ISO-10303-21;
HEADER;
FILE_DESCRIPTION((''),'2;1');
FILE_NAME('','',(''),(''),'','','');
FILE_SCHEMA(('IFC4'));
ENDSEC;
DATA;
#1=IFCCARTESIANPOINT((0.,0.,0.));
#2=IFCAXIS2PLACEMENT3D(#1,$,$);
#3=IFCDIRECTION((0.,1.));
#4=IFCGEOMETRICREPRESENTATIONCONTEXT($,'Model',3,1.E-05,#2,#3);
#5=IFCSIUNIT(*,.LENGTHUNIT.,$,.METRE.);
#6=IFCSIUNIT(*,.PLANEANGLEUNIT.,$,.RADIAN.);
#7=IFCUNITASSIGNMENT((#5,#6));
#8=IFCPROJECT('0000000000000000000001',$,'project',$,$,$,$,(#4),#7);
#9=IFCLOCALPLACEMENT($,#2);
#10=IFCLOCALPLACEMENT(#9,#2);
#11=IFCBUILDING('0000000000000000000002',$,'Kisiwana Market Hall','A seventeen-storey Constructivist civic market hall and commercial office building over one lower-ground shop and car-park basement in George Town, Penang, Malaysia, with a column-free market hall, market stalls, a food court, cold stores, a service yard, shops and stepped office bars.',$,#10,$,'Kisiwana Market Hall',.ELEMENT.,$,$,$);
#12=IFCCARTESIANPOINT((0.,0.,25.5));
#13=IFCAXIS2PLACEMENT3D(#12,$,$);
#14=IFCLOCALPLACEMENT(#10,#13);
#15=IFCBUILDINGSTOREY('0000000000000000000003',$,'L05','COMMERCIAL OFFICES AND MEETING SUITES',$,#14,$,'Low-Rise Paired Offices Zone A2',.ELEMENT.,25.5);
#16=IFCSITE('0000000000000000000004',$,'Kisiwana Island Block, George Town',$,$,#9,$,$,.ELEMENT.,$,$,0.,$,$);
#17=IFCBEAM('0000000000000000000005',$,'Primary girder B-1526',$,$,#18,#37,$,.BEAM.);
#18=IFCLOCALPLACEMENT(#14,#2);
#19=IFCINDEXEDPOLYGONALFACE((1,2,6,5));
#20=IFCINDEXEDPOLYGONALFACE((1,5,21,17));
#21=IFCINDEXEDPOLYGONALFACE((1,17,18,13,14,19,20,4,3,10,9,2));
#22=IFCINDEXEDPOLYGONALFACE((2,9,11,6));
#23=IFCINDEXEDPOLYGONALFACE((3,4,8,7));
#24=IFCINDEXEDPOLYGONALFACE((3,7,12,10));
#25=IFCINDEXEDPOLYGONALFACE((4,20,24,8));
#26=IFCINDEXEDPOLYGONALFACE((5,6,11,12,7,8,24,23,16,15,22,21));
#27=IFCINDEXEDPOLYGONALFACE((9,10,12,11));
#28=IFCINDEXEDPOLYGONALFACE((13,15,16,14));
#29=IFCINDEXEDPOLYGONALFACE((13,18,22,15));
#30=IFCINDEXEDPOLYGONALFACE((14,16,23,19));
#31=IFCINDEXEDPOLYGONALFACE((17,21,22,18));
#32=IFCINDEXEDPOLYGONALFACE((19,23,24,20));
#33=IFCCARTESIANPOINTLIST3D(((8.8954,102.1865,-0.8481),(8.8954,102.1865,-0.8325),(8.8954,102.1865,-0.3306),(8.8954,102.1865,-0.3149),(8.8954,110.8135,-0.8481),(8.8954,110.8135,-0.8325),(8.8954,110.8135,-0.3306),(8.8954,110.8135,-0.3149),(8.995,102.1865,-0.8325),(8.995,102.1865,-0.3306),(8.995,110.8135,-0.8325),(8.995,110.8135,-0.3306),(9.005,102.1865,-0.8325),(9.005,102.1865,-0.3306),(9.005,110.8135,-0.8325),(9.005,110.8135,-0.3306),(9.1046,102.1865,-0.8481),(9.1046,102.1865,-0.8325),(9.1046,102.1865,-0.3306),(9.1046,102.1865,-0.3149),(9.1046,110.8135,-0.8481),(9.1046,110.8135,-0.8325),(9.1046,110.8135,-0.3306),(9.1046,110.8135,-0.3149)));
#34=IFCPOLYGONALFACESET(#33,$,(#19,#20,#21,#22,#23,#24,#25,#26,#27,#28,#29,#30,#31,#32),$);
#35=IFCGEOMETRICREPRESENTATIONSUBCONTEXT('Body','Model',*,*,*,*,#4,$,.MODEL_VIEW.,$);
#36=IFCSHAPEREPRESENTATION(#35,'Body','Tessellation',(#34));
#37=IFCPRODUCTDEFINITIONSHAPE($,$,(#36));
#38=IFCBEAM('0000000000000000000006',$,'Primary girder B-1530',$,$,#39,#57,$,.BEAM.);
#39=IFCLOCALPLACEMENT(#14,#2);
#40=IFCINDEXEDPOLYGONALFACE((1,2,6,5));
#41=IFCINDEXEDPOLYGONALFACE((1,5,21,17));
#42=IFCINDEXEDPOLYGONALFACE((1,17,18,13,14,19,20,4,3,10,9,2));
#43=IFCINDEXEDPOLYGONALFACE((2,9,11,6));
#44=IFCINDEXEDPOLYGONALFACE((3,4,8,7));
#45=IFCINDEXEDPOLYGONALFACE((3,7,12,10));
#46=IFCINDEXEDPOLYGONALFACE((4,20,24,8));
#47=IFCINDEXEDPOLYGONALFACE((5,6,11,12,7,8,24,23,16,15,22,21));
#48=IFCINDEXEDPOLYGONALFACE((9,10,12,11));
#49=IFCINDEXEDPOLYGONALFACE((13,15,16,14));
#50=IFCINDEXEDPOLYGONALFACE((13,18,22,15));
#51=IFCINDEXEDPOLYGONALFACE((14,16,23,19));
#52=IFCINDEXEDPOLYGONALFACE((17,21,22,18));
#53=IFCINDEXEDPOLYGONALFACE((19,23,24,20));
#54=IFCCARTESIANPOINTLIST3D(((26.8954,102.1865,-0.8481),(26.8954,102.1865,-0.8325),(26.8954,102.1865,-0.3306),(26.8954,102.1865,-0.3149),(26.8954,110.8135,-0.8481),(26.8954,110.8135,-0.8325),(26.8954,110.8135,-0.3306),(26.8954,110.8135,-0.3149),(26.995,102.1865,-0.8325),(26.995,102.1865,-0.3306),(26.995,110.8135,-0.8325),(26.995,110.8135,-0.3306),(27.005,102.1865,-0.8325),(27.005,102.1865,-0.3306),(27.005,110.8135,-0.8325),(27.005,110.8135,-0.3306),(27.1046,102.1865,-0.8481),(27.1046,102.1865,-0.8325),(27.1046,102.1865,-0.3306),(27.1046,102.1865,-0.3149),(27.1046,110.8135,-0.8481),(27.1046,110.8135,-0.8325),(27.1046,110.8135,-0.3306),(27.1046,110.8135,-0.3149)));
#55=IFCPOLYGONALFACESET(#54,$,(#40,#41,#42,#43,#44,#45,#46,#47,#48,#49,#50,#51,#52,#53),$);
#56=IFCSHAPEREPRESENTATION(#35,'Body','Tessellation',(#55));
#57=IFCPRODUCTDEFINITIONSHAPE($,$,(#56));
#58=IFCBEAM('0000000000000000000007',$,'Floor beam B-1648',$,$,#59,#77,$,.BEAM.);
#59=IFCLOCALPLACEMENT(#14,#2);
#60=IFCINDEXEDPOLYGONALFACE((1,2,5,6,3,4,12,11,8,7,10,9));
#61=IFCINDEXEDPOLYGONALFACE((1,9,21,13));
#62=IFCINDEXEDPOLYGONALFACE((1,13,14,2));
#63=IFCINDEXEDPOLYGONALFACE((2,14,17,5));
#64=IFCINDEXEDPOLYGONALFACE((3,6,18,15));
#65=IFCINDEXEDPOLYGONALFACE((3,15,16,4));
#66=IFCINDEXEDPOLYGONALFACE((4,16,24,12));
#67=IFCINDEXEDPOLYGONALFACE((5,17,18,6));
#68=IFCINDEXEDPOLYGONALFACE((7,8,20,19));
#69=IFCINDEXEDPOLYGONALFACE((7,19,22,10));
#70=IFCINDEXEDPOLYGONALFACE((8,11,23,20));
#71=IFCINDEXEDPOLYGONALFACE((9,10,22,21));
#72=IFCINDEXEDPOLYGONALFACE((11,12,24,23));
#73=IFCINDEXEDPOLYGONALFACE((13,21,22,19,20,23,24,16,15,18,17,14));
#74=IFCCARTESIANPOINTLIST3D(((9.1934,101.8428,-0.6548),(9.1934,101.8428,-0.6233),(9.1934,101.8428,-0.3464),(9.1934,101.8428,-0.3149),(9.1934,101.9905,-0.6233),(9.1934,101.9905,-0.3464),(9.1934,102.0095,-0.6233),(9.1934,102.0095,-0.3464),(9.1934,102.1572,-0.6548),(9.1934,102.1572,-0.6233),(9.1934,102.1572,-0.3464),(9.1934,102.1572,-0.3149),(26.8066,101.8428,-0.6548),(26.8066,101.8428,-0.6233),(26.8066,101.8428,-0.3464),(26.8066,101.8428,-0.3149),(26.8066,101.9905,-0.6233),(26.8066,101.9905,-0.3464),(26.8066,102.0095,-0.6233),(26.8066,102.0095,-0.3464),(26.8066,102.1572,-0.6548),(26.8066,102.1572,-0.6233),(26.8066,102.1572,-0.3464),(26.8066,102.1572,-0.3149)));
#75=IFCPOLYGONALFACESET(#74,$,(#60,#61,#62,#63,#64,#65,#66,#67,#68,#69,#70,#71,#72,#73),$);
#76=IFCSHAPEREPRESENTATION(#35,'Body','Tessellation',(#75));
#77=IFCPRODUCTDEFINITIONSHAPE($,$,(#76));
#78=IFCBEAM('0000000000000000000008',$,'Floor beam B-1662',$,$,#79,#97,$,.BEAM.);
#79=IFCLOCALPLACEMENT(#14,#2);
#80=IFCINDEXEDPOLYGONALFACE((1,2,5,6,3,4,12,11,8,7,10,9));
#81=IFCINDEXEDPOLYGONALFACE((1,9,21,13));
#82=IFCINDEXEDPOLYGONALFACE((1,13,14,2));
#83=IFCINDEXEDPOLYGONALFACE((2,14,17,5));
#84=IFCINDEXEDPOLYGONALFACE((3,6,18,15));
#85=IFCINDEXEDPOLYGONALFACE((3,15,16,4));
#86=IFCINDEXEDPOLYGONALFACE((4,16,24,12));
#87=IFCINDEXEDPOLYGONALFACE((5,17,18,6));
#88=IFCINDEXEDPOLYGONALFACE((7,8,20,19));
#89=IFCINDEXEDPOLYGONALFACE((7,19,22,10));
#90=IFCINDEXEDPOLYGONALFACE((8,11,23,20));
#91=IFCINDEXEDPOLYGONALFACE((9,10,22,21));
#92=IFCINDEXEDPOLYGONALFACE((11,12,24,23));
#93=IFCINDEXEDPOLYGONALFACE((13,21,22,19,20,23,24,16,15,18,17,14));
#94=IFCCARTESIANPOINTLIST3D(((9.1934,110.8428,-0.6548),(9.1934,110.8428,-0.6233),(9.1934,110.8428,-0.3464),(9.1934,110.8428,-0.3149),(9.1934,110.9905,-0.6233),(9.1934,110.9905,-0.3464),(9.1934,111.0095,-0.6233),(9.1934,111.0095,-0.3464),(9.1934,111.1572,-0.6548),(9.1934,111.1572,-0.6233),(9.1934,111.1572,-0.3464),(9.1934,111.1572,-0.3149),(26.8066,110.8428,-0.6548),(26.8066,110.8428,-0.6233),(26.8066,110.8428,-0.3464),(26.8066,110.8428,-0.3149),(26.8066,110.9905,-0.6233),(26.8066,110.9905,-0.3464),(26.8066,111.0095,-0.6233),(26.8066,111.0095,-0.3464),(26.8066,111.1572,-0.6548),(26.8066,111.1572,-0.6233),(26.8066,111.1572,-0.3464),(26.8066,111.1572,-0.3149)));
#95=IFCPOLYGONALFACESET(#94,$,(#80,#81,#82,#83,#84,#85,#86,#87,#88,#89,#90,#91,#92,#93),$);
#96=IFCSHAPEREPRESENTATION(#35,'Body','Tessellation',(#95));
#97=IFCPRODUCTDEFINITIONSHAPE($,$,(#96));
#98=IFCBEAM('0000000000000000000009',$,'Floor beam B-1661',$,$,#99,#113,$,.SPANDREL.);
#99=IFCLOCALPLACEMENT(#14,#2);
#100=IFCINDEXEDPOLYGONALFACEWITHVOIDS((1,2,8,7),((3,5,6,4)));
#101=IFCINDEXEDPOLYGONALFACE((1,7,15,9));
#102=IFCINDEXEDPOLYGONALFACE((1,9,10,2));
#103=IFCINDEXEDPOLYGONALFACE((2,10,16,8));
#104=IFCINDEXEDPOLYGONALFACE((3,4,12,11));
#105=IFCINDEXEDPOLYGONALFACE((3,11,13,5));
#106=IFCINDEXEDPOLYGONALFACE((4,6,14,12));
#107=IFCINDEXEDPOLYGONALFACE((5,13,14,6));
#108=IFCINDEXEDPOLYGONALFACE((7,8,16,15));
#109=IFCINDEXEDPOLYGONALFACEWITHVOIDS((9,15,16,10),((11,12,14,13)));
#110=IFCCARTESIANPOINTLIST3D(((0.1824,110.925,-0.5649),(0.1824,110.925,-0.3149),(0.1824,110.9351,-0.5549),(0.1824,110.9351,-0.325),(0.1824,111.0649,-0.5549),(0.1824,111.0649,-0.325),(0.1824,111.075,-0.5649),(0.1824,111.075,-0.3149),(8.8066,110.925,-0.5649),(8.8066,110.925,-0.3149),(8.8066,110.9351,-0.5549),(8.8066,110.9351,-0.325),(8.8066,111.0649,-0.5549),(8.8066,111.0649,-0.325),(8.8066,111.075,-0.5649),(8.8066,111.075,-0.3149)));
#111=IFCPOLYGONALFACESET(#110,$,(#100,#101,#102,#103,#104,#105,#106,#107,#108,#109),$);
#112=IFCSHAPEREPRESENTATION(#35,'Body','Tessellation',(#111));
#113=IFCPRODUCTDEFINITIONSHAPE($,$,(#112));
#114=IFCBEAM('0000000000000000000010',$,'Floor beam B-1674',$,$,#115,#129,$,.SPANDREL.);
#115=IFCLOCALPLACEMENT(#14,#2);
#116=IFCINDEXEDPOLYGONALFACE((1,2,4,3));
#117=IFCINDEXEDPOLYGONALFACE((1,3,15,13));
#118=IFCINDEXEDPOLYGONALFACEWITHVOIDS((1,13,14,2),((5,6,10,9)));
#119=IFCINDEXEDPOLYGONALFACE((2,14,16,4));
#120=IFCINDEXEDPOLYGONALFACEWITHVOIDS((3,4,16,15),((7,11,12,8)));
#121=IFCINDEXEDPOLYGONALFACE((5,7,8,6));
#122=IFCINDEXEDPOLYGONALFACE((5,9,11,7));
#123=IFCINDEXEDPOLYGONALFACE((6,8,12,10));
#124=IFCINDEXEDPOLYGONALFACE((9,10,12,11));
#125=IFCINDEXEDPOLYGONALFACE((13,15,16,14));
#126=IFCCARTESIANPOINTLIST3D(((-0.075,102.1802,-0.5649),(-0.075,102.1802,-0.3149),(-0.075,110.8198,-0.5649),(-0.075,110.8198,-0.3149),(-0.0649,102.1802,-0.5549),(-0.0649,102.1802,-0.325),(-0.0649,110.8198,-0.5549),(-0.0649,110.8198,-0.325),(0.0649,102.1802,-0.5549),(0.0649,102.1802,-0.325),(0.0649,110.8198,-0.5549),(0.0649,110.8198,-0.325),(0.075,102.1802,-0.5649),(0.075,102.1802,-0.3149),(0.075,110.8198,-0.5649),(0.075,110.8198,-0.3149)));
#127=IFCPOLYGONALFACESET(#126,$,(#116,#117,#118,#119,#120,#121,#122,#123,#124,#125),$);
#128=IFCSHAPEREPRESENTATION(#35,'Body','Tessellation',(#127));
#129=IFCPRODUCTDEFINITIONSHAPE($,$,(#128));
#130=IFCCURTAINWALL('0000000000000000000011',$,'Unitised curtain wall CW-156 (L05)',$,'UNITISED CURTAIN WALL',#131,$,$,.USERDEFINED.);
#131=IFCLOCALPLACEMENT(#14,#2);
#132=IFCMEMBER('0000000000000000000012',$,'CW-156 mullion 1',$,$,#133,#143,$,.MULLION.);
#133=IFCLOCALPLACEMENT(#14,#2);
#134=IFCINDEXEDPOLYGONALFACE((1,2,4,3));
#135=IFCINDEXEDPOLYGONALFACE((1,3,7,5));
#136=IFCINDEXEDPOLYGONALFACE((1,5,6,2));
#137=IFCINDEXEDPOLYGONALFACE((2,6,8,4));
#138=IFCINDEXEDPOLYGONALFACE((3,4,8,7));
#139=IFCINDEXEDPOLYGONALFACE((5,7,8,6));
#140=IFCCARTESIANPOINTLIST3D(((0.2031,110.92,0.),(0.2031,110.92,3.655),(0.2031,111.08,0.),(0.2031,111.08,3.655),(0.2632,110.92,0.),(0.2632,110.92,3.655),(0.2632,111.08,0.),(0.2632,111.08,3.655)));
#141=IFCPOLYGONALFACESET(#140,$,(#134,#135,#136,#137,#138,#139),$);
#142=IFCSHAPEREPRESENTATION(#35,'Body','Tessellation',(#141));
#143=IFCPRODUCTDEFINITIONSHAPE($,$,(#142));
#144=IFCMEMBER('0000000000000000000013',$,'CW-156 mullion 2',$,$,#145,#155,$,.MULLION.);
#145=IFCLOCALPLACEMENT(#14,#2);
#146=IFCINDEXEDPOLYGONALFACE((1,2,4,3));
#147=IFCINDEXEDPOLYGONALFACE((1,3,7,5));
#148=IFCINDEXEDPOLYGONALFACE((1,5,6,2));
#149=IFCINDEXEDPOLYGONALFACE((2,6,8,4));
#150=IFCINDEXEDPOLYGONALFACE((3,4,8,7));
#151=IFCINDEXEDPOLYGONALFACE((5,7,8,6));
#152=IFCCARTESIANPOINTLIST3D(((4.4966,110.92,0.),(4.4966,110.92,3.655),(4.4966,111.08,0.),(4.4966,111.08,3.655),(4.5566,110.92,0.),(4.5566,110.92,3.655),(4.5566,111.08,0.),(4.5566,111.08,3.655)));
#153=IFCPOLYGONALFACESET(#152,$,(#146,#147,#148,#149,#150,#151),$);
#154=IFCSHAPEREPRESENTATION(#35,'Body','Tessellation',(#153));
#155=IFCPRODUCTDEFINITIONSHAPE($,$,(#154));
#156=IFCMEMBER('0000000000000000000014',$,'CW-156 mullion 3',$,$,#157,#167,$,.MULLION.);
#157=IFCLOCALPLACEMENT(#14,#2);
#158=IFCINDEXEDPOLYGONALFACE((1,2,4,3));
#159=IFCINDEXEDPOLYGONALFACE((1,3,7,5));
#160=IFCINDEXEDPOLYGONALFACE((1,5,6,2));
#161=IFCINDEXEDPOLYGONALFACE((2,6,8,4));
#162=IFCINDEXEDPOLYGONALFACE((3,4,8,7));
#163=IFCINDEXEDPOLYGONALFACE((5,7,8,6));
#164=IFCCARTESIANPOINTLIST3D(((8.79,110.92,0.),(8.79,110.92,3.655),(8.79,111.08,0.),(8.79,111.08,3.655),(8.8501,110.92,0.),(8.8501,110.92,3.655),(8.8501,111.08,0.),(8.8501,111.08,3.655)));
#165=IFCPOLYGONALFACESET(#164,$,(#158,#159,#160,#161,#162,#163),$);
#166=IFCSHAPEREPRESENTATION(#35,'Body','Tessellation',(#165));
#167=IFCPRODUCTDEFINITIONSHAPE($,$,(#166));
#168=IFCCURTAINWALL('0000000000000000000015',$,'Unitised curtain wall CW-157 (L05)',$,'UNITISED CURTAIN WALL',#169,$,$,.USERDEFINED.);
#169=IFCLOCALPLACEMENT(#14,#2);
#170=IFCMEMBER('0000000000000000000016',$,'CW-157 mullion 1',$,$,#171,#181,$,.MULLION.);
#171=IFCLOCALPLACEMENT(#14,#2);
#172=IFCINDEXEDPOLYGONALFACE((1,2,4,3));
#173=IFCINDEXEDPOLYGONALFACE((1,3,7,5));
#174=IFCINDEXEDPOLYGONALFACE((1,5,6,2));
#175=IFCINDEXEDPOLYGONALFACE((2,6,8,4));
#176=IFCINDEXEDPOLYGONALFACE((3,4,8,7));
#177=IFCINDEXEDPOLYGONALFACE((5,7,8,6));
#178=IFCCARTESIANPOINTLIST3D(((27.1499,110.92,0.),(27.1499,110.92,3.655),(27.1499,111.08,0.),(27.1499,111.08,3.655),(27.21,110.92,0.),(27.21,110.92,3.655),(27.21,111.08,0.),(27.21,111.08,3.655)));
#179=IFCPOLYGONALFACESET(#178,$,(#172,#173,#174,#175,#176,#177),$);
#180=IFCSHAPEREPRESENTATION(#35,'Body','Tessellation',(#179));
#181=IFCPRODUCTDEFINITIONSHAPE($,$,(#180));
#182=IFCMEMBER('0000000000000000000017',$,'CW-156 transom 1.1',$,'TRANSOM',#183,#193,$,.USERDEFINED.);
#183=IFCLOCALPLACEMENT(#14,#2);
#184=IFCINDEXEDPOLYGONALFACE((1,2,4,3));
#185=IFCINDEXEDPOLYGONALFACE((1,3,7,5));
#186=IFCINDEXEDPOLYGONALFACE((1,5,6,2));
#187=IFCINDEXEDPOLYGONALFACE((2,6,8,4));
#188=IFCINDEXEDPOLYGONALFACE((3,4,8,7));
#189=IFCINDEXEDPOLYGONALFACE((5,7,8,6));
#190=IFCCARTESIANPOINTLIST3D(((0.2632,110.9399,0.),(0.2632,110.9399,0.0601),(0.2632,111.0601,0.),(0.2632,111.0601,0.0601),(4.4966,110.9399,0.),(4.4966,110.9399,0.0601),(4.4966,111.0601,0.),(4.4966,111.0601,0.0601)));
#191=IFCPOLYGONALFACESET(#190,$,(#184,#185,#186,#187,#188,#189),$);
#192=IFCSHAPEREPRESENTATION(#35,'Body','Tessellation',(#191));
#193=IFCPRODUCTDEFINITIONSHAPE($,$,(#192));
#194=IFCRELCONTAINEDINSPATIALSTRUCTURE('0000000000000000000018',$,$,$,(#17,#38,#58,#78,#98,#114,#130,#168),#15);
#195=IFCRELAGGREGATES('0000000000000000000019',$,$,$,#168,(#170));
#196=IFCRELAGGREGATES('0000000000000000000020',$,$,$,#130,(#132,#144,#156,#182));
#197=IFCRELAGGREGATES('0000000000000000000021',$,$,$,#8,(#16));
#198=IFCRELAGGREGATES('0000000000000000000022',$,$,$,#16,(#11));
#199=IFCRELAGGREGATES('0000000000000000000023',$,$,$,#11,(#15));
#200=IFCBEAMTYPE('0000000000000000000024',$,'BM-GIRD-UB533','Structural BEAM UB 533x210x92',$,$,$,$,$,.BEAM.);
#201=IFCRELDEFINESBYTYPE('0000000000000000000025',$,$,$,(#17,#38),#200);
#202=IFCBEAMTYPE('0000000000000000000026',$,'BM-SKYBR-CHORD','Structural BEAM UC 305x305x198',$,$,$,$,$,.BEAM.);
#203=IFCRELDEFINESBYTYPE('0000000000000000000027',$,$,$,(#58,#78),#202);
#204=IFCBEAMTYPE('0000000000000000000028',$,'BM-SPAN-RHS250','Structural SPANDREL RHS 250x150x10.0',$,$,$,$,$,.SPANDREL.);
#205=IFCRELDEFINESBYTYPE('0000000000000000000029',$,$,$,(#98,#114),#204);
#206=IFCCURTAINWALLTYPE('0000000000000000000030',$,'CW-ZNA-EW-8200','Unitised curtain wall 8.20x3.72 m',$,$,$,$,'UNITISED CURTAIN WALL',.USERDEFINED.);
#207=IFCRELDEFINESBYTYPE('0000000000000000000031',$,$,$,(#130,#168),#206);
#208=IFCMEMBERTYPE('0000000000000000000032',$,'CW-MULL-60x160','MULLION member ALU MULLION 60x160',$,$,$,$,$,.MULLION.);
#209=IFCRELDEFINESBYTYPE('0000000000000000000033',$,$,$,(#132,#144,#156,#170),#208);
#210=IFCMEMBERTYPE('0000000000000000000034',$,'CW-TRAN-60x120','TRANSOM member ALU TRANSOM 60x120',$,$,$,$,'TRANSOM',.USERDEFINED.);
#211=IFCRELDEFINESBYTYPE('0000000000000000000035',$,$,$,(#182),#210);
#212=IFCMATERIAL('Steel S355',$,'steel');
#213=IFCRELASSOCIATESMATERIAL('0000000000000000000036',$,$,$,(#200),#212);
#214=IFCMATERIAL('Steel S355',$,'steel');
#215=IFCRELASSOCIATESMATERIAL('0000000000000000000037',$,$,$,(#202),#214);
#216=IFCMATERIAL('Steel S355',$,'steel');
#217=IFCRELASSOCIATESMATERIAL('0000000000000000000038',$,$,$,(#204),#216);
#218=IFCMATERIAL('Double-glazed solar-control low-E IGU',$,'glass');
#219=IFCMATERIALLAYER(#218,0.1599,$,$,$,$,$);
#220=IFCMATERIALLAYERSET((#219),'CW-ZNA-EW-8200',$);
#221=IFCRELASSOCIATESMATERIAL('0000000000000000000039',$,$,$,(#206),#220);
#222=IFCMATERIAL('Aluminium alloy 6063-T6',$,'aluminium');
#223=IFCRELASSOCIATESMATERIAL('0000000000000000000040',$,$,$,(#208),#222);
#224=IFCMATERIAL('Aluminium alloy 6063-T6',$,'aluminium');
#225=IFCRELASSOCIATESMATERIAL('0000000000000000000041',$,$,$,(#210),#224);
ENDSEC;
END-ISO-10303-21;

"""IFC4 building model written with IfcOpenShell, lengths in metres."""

from ifc_helpers import new_model, si_unit, direction, frame, origin, origin_2d, place, context, subcontext, project, spatial, rectangle, hollow_rectangle, i_section, extrude, material, layer, layer_set, material_profile, profile_set, type_object, element, aggregate, save


model = new_model("IFC4")

# Units and contexts
model_context = context("Model", 3, precision=1e-05, world=origin(), true_north=direction((0.0, 1.0)))
body_context = subcontext(model_context, "Body", "Model", "MODEL_VIEW")
ifc_project = project(units=[si_unit("LENGTHUNIT", "METRE"), si_unit("PLANEANGLEUNIT", "RADIAN")], contexts=[model_context])

# Site, building, storey
site_placement = place(None, origin())
site = spatial("IfcSite", under=ifc_project, at=site_placement, Name="Kisiwana Island Block, George Town", CompositionType="ELEMENT", RefElevation=0.0)
building_placement = place(site_placement, origin())
building = spatial("IfcBuilding", under=site, at=building_placement, Name="Kisiwana Market Hall", Description="A seventeen-storey Constructivist civic market hall and commercial office building over one lower-ground shop and car-park basement in George Town, Penang, Malaysia, with a column-free market hall, market stalls, a food court, cold stores, a service yard, shops and stepped office bars.", LongName="Kisiwana Market Hall", CompositionType="ELEMENT")
storey_placement = place(building_placement, frame((0.0, 0.0, 25.5)))
storey = spatial("IfcBuildingStorey", under=building, at=storey_placement, Name="L05", Description="COMMERCIAL OFFICES AND MEETING SUITES", LongName="Low-Rise Paired Offices Zone A2", CompositionType="ELEMENT", Elevation=25.5)

# Beams
ifc_material_1 = material(Name="Steel S355", Category="steel")
ifc_material_profile_1 = material_profile(ifc_material_1, i_section(OverallWidth=0.2092, OverallDepth=0.5332, WebThickness=0.01, FlangeThickness=0.0156, at=origin_2d()), Name="UB 533x210x92")
ifc_profile_set_1 = profile_set([ifc_material_profile_1], Name="Steel S355")
beam_type_1 = type_object("IfcBeamType", Name="BM-GIRD-UB533", Description="Structural BEAM UB 533x210x92", PredefinedType="BEAM", material=ifc_profile_set_1)
for number, where, z_axis, x_axis, name in (
    (1, (9.0, 102.1865, -0.5815), (0.0, 1.0, 0.0), (-1.0, 0.0, 0.0), "Primary girder B-1526"),
    (2, (27.0, 102.1865, -0.5815), (0.0, 1.0, 0.0), (-1.0, 0.0, 0.0), "Primary girder B-1530"),
):
    element("IfcBeam", number, at=place(storey_placement, frame(where, z_axis=z_axis, x_axis=x_axis)), inside=storey, type_object=beam_type_1, Name=name, PredefinedType="BEAM", context=body_context, shape_type="SweptSolid", body=[
        extrude(i_section(OverallWidth=0.2092, OverallDepth=0.5332, WebThickness=0.01, FlangeThickness=0.0156, at=origin_2d()), origin(), (0.0, 0.0, 1.0), 8.627),
    ])
ifc_material_2 = material(Name="Steel S355", Category="steel")
ifc_material_profile_2 = material_profile(ifc_material_2, i_section(OverallWidth=0.3145, OverallDepth=0.3398, WebThickness=0.019, FlangeThickness=0.0315, at=origin_2d()), Name="UC 305x305x198")
ifc_profile_set_2 = profile_set([ifc_material_profile_2], Name="Steel S355")
beam_type_2 = type_object("IfcBeamType", Name="BM-SKYBR-CHORD", Description="Structural BEAM UC 305x305x198", PredefinedType="BEAM", material=ifc_profile_set_2)
for number, where, z_axis, x_axis, name in (
    (3, (9.1934, 102.0, -0.4849), (1.0, 0.0, 0.0), (0.0, 1.0, 0.0), "Floor beam B-1648"),
    (4, (9.1934, 111.0, -0.4849), (1.0, 0.0, 0.0), (0.0, 1.0, 0.0), "Floor beam B-1662"),
):
    element("IfcBeam", number, at=place(storey_placement, frame(where, z_axis=z_axis, x_axis=x_axis)), inside=storey, type_object=beam_type_2, Name=name, PredefinedType="BEAM", context=body_context, shape_type="SweptSolid", body=[
        extrude(i_section(OverallWidth=0.3145, OverallDepth=0.3398, WebThickness=0.019, FlangeThickness=0.0315, at=origin_2d()), origin(), (0.0, 0.0, 1.0), 17.6133),
    ])
ifc_material_3 = material(Name="Steel S355", Category="steel")
ifc_material_profile_3 = material_profile(ifc_material_3, hollow_rectangle(XDim=0.1499, YDim=0.25, WallThickness=0.01, at=origin_2d()), Name="RHS 250x150x10.0")
ifc_profile_set_3 = profile_set([ifc_material_profile_3], Name="Steel S355")
beam_type_3 = type_object("IfcBeamType", Name="BM-SPAN-RHS250", Description="Structural SPANDREL RHS 250x150x10.0", PredefinedType="SPANDREL", material=ifc_profile_set_3)
beam_1_placement = place(storey_placement, frame((0.1824, 111.0, -0.4399), z_axis=(1.0, 0.0, 0.0), x_axis=(0.0, 1.0, 0.0)))
element("IfcBeam", 5, at=beam_1_placement, inside=storey, type_object=beam_type_3, Name="Floor beam B-1661", PredefinedType="SPANDREL", context=body_context, shape_type="SweptSolid", body=[
    extrude(hollow_rectangle(XDim=0.1499, YDim=0.25, WallThickness=0.01, at=origin_2d()), origin(), (0.0, 0.0, 1.0), 8.6243),
])
beam_2_placement = place(storey_placement, frame((0.0, 102.1802, -0.4399), z_axis=(0.0, 1.0, 0.0), x_axis=(-1.0, 0.0, 0.0)))
element("IfcBeam", 6, at=beam_2_placement, inside=storey, type_object=beam_type_3, Name="Floor beam B-1674", PredefinedType="SPANDREL", context=body_context, shape_type="SweptSolid", body=[
    extrude(hollow_rectangle(XDim=0.1499, YDim=0.25, WallThickness=0.01, at=origin_2d()), origin(), (0.0, 0.0, 1.0), 8.6396),
])

# Curtain wall, members
ifc_material_4 = material(Name="Double-glazed solar-control low-E IGU", Category="glass")
ifc_layer_1 = layer(ifc_material_4, 0.1599)
ifc_layer_set_1 = layer_set([ifc_layer_1], Name="CW-ZNA-EW-8200")
curtain_wall_type = type_object("IfcCurtainWallType", Name="CW-ZNA-EW-8200", Description="Unitised curtain wall 8.20x3.72 m", ElementType="UNITISED CURTAIN WALL", PredefinedType="USERDEFINED", material=ifc_layer_set_1)
curtain_wall_1_placement = place(storey_placement, origin())
curtain_wall_1 = element("IfcCurtainWall", 7, at=curtain_wall_1_placement, inside=storey, type_object=curtain_wall_type, Name="Unitised curtain wall CW-156 (L05)", ObjectType="UNITISED CURTAIN WALL", PredefinedType="USERDEFINED")
ifc_material_5 = material(Name="Aluminium alloy 6063-T6", Category="aluminium")
ifc_material_profile_4 = material_profile(ifc_material_5, rectangle(XDim=0.0601, YDim=0.1599, at=origin_2d()), Name="ALU MULLION 60x160")
ifc_profile_set_4 = profile_set([ifc_material_profile_4], Name="Aluminium alloy 6063-T6")
member_type_1 = type_object("IfcMemberType", Name="CW-MULL-60x160", Description="MULLION member ALU MULLION 60x160", PredefinedType="MULLION", material=ifc_profile_set_4)
member_1_placement = place(storey_placement, frame((0.2332, 111.0, 0.0), z_axis=(0.0, 0.0, 1.0), x_axis=(1.0, 0.0, 0.0)))
member_1 = element("IfcMember", 8, at=member_1_placement, type_object=member_type_1, Name="CW-156 mullion 1", PredefinedType="MULLION", context=body_context, shape_type="SweptSolid", body=[
    extrude(rectangle(XDim=0.0601, YDim=0.1599, at=origin_2d()), origin(), (0.0, 0.0, 1.0), 3.655),
])
member_2_placement = place(storey_placement, frame((4.5266, 111.0, 0.0), z_axis=(0.0, 0.0, 1.0), x_axis=(1.0, 0.0, 0.0)))
member_2 = element("IfcMember", 9, at=member_2_placement, type_object=member_type_1, Name="CW-156 mullion 2", PredefinedType="MULLION", context=body_context, shape_type="SweptSolid", body=[
    extrude(rectangle(XDim=0.0601, YDim=0.1599, at=origin_2d()), origin(), (0.0, 0.0, 1.0), 3.655),
])
member_3_placement = place(storey_placement, frame((8.8201, 111.0, 0.0), z_axis=(0.0, 0.0, 1.0), x_axis=(1.0, 0.0, 0.0)))
member_3 = element("IfcMember", 10, at=member_3_placement, type_object=member_type_1, Name="CW-156 mullion 3", PredefinedType="MULLION", context=body_context, shape_type="SweptSolid", body=[
    extrude(rectangle(XDim=0.0601, YDim=0.1599, at=origin_2d()), origin(), (0.0, 0.0, 1.0), 3.655),
])

# Curtain wall, member
curtain_wall_2_placement = place(storey_placement, origin())
curtain_wall_2 = element("IfcCurtainWall", 11, at=curtain_wall_2_placement, inside=storey, type_object=curtain_wall_type, Name="Unitised curtain wall CW-157 (L05)", ObjectType="UNITISED CURTAIN WALL", PredefinedType="USERDEFINED")
member_4_placement = place(storey_placement, frame((27.1799, 111.0, 0.0), z_axis=(0.0, 0.0, 1.0), x_axis=(1.0, 0.0, 0.0)))
member_4 = element("IfcMember", 12, at=member_4_placement, type_object=member_type_1, Name="CW-157 mullion 1", PredefinedType="MULLION", context=body_context, shape_type="SweptSolid", body=[
    extrude(rectangle(XDim=0.0601, YDim=0.1599, at=origin_2d()), origin(), (0.0, 0.0, 1.0), 3.655),
])
aggregate(curtain_wall_2, [member_4])

# Member
ifc_material_6 = material(Name="Aluminium alloy 6063-T6", Category="aluminium")
ifc_material_profile_5 = material_profile(ifc_material_6, rectangle(XDim=0.1201, YDim=0.0601, at=origin_2d()), Name="ALU TRANSOM 60x120")
ifc_profile_set_5 = profile_set([ifc_material_profile_5], Name="Aluminium alloy 6063-T6")
member_type_2 = type_object("IfcMemberType", Name="CW-TRAN-60x120", Description="TRANSOM member ALU TRANSOM 60x120", ElementType="TRANSOM", PredefinedType="USERDEFINED", material=ifc_profile_set_5)
member_5_placement = place(storey_placement, frame((0.2632, 111.0, 0.03), z_axis=(1.0, 0.0, 0.0), x_axis=(0.0, 1.0, 0.0)))
member_5 = element("IfcMember", 13, at=member_5_placement, type_object=member_type_2, Name="CW-156 transom 1.1", ObjectType="TRANSOM", PredefinedType="USERDEFINED", context=body_context, shape_type="SweptSolid", body=[
    extrude(rectangle(XDim=0.1201, YDim=0.0601, at=origin_2d()), origin(), (0.0, 0.0, 1.0), 4.2334),
])

aggregate(curtain_wall_1, [member_1, member_2, member_3, member_5])

save(model, "model.ifc")
